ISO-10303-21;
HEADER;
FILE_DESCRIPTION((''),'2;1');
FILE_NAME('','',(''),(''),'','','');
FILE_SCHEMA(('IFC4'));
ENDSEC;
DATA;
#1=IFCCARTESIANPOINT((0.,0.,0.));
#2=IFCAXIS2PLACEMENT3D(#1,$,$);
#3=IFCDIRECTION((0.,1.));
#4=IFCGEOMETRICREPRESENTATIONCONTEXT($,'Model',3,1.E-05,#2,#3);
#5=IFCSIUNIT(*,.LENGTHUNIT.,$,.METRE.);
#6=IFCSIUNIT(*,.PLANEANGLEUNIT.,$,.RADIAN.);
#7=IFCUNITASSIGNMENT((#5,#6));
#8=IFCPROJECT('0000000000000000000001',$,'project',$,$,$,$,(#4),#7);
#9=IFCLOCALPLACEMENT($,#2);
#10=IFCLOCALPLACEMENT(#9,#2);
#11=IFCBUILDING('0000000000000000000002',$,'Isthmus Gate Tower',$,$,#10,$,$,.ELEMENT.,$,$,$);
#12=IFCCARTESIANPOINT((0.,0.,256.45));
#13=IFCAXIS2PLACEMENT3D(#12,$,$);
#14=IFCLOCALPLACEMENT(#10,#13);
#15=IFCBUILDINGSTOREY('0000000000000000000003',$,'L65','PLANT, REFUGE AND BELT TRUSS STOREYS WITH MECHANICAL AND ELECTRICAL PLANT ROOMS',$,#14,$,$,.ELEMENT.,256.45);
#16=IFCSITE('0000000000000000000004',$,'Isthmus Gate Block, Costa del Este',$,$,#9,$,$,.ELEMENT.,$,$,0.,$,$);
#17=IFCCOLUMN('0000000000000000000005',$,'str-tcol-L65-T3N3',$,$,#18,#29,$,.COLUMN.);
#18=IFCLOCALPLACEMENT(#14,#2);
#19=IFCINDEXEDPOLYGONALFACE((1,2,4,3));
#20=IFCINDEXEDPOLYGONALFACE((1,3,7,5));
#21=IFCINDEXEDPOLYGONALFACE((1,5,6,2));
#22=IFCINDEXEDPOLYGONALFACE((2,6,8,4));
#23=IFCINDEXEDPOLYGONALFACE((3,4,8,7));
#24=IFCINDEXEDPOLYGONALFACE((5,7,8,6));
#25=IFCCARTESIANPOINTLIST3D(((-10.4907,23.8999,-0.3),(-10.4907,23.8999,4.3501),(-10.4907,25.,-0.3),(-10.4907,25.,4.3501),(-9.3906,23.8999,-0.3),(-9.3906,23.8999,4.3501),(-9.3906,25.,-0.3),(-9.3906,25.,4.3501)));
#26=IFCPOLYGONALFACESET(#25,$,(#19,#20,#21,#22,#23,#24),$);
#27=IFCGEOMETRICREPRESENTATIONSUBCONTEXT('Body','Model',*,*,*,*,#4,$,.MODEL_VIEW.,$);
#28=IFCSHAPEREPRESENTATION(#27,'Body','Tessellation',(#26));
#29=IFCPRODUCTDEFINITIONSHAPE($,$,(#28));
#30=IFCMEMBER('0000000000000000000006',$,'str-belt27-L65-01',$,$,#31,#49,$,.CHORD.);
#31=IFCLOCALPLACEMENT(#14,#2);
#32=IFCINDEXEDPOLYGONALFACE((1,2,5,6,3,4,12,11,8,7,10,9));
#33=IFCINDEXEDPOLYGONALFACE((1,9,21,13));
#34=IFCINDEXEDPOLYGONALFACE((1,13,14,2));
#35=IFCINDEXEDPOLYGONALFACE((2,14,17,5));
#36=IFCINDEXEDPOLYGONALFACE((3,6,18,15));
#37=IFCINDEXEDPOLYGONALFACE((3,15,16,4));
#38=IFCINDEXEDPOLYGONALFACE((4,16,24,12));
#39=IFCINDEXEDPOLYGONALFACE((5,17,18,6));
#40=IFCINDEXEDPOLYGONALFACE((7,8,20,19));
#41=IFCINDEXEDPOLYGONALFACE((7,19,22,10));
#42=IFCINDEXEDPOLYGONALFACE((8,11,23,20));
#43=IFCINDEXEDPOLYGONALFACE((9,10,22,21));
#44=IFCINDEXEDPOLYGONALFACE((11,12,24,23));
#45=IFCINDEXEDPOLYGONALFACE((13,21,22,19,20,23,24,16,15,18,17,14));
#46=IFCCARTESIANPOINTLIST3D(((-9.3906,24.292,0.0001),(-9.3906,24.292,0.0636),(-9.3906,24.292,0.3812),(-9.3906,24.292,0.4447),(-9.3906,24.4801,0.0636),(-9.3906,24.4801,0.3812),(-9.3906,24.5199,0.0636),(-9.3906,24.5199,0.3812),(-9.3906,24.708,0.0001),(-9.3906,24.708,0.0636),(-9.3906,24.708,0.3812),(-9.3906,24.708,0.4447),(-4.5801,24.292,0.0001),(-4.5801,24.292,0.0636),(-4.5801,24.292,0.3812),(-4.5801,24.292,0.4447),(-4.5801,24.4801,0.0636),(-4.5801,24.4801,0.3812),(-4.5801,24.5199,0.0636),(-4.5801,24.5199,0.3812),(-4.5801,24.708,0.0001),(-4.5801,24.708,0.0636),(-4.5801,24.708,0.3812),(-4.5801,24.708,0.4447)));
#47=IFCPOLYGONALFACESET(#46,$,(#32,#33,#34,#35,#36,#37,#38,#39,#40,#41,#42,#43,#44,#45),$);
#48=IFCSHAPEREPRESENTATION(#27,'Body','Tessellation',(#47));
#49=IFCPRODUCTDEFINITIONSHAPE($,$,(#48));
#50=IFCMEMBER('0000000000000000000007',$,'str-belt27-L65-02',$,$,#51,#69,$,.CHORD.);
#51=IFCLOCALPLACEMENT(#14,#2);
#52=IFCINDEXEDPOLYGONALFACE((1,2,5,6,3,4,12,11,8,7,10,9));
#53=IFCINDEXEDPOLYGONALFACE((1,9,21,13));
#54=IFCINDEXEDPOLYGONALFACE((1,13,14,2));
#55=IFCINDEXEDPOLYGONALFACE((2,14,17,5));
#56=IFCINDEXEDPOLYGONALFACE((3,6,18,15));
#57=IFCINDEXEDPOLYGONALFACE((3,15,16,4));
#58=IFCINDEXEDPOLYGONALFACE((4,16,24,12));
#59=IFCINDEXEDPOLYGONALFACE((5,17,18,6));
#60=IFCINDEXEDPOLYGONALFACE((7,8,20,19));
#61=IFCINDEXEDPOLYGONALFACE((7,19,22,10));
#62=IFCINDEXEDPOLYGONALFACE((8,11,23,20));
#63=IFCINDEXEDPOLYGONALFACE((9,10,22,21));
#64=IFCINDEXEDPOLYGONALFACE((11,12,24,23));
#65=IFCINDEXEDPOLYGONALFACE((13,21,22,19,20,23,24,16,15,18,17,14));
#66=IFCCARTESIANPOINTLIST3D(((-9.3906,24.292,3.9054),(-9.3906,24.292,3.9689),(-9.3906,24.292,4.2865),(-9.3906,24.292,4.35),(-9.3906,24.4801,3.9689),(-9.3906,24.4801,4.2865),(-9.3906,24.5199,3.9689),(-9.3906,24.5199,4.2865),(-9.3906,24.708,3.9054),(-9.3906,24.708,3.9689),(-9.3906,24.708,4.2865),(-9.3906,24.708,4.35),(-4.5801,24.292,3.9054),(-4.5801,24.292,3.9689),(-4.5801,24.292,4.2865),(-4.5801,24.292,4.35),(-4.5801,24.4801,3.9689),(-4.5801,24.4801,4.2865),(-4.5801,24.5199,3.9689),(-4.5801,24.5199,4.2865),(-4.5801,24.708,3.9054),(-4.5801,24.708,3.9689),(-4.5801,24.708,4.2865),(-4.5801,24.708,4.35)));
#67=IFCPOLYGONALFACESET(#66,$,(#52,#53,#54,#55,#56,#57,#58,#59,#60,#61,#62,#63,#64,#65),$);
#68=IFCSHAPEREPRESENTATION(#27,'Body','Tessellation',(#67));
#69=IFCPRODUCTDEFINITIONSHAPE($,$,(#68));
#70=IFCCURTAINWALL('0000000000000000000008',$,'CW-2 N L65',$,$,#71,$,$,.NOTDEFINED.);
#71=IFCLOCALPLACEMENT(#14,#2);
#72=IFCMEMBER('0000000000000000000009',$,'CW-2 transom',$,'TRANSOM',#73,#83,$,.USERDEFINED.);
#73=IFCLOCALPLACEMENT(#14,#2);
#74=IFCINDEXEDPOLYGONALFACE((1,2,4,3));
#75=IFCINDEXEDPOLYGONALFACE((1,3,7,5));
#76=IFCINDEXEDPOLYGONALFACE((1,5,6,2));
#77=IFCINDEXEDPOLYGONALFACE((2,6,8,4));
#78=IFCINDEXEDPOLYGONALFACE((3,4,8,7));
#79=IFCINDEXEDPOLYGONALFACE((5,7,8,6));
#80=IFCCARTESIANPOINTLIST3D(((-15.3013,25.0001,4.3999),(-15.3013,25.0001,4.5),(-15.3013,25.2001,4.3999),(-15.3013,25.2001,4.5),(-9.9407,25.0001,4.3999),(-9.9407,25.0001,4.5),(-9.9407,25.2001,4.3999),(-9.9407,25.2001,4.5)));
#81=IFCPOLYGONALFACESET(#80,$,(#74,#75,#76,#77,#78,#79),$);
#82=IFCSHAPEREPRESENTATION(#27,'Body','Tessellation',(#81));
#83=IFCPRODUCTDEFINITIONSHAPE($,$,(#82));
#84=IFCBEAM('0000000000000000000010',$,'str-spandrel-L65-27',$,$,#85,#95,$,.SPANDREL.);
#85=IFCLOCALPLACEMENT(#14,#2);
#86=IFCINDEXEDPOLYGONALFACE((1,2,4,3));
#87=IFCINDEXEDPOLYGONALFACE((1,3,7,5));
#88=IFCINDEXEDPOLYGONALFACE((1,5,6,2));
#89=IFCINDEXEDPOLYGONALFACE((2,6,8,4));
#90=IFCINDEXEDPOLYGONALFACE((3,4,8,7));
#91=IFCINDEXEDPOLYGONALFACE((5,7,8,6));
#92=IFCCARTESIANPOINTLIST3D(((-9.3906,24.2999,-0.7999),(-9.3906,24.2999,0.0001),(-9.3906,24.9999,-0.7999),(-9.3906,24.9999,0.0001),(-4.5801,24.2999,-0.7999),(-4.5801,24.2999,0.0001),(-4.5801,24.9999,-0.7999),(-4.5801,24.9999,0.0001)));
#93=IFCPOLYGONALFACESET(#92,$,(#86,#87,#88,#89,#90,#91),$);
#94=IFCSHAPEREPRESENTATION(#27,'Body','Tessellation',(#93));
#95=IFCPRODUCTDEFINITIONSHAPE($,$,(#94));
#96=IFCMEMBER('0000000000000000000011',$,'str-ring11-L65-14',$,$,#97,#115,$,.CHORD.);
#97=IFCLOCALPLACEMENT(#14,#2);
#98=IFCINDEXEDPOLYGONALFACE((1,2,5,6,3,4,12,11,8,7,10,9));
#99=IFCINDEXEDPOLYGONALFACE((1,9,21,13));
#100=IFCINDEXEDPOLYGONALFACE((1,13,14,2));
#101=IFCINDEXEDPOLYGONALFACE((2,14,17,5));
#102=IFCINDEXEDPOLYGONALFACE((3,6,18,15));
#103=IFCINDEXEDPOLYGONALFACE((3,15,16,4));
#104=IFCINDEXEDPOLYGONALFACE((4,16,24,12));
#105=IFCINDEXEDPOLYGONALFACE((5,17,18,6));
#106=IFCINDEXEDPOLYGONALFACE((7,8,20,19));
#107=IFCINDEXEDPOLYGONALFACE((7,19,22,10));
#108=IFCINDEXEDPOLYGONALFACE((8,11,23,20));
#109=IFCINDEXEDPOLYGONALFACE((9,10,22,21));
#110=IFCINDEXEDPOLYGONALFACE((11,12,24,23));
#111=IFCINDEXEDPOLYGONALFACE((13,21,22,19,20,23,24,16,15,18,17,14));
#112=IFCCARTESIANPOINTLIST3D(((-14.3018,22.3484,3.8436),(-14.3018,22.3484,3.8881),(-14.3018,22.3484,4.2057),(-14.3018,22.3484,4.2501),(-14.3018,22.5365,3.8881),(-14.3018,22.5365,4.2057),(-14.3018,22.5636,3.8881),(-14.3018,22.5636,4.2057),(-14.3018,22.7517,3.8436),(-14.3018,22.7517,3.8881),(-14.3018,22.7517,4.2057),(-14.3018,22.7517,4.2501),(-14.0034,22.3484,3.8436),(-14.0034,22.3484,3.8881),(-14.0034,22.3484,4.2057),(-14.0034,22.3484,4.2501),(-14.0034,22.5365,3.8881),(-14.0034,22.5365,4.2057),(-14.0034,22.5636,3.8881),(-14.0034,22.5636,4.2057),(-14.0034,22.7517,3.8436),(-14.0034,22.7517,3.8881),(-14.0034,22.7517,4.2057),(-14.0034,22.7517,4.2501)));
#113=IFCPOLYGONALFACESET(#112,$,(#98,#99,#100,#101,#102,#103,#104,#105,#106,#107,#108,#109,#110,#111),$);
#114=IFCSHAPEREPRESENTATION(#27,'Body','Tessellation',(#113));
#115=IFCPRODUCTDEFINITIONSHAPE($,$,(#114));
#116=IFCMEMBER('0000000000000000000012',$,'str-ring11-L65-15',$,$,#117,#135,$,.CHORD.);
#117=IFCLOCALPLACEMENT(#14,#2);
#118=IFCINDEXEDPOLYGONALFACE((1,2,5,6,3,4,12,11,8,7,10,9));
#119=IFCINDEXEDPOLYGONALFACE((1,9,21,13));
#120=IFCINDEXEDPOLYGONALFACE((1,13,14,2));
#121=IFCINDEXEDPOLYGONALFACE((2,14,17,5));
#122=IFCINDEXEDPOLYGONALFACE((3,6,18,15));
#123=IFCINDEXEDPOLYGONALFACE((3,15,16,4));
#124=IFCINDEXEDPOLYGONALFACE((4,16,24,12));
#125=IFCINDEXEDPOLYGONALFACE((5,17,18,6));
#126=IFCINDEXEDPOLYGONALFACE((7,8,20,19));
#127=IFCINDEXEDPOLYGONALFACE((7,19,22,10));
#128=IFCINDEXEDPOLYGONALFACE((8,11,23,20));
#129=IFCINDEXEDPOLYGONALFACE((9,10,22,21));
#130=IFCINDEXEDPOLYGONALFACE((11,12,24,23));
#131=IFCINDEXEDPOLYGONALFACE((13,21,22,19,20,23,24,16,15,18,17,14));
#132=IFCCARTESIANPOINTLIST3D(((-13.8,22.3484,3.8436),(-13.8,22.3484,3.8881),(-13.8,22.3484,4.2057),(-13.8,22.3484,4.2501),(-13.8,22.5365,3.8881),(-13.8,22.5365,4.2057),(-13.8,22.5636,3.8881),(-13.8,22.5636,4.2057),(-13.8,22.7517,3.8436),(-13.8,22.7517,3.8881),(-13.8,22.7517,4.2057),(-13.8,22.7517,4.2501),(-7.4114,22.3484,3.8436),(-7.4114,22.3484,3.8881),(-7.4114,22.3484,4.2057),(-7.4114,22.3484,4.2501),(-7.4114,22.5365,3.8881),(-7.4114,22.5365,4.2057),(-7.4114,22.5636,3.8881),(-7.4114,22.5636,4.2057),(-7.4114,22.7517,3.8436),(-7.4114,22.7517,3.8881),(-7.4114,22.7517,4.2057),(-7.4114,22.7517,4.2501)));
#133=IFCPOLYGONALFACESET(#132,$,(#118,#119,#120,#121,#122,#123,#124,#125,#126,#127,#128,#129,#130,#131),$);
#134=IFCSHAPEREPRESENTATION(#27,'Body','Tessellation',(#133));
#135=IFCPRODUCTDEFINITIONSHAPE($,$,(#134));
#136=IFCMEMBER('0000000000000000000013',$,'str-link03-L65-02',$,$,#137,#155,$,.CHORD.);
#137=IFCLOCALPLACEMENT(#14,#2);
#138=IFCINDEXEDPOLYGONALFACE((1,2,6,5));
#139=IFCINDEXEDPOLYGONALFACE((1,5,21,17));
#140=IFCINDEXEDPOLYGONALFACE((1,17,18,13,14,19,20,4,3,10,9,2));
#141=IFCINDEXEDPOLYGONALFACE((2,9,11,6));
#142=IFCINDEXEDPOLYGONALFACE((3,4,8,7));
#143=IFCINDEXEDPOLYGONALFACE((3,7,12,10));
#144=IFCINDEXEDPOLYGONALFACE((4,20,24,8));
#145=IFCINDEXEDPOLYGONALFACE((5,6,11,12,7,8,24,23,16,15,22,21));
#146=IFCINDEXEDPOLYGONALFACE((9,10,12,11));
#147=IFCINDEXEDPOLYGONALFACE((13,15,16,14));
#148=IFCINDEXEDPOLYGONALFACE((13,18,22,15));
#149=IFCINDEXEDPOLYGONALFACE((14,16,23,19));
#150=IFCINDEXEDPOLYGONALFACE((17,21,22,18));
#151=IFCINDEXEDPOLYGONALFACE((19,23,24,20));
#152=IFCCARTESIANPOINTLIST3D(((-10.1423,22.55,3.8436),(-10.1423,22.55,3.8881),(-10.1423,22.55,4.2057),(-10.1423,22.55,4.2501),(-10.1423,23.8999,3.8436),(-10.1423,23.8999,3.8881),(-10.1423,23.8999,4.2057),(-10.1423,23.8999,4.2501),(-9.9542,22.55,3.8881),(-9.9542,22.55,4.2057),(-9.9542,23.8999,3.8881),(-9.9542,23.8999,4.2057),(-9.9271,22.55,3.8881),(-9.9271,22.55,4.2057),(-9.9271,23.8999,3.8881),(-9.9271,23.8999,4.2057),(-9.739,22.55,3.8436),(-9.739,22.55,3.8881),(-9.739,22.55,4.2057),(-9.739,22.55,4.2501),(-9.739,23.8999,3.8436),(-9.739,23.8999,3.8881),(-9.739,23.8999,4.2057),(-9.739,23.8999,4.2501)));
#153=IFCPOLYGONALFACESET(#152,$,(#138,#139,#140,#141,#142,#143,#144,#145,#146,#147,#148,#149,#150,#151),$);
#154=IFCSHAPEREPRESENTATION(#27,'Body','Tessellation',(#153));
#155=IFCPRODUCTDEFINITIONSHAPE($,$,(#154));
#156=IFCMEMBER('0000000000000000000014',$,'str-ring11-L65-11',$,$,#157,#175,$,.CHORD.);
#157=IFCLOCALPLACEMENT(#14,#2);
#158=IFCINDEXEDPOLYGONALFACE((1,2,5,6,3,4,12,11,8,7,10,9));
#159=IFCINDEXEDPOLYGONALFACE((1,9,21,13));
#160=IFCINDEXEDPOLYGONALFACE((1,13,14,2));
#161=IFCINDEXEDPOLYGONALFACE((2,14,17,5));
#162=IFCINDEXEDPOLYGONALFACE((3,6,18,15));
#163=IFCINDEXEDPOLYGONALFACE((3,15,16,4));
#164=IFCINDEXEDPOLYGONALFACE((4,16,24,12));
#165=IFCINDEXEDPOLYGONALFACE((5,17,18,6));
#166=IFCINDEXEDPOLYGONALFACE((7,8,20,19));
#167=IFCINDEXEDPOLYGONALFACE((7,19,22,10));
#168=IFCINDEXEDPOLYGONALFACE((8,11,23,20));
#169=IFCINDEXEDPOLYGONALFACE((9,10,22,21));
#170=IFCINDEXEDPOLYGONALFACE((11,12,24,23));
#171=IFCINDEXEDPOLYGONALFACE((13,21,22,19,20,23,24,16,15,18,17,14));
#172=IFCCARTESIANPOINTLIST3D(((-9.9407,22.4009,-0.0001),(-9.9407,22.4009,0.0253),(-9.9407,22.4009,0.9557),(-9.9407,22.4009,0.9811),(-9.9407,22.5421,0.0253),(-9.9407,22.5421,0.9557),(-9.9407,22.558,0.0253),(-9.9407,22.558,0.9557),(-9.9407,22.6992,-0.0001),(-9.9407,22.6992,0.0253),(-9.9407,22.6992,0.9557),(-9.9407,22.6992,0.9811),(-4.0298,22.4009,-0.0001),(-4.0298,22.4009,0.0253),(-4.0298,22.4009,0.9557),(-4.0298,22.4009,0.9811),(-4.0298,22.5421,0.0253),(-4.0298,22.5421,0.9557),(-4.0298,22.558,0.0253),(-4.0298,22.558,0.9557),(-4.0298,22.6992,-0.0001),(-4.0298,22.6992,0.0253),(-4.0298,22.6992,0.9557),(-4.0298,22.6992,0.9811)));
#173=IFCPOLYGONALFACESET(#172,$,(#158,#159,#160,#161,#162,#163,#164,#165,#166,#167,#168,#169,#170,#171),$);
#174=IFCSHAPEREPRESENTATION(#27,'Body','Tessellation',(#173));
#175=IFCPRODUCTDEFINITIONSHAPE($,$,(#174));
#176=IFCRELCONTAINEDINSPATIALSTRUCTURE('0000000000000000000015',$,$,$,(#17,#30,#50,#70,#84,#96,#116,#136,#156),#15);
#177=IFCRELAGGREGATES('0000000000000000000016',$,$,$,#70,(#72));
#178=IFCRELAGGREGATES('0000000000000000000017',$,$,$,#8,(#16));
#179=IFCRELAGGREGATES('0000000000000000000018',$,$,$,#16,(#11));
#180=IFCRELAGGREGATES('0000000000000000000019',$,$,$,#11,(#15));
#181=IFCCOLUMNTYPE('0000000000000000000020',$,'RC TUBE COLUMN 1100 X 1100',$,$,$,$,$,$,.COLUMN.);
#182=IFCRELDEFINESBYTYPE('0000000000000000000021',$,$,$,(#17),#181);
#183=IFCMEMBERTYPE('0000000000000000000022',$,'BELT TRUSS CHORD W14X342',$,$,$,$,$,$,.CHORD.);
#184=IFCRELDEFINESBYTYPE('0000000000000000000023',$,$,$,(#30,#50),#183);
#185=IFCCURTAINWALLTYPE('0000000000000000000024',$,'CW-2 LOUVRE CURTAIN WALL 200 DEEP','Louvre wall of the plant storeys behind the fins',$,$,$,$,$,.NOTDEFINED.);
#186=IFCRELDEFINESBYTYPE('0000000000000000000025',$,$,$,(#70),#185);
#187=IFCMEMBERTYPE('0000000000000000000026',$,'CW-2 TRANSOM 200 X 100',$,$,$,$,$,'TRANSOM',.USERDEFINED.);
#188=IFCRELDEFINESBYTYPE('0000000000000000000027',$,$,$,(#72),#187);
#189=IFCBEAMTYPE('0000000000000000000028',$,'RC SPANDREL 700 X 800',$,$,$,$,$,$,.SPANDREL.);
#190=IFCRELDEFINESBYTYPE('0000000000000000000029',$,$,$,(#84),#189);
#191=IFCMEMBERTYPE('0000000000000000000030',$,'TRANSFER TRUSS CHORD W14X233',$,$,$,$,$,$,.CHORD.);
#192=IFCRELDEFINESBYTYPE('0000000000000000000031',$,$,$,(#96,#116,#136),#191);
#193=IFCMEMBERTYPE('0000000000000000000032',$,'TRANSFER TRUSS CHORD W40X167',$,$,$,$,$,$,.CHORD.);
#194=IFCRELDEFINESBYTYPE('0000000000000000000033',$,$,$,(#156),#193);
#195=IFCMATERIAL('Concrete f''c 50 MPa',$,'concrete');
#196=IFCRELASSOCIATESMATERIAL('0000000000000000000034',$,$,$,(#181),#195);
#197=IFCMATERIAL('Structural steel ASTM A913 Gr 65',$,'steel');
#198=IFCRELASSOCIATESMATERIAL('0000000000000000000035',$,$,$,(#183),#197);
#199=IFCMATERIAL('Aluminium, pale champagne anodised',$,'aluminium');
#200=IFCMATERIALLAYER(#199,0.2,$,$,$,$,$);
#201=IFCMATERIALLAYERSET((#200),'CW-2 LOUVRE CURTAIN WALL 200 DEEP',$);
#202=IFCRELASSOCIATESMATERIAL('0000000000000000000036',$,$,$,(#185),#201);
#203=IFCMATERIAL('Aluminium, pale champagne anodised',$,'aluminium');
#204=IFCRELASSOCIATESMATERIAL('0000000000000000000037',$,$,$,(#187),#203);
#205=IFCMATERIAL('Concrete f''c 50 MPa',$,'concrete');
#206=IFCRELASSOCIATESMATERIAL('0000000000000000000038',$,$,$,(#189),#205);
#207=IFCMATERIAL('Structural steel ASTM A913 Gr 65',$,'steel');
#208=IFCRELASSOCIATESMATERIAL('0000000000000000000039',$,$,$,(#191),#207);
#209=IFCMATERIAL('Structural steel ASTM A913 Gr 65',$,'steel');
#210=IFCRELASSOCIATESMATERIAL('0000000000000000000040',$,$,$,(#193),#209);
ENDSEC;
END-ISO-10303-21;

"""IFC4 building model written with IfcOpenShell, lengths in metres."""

from ifc_helpers import new_model, si_unit, direction, frame, origin, origin_2d, place, context, subcontext, project, spatial, rectangle, i_section, extrude, material, layer, layer_set, material_profile, profile_set, type_object, element, aggregate, save


model = new_model("IFC4")

# Units and contexts
model_context = context("Model", 3, precision=1e-05, world=origin(), true_north=direction((0.0, 1.0)))
body_context = subcontext(model_context, "Body", "Model", "MODEL_VIEW")
ifc_project = project(units=[si_unit("LENGTHUNIT", "METRE"), si_unit("PLANEANGLEUNIT", "RADIAN")], contexts=[model_context])

# Site, building, storey
site_placement = place(None, origin())
site = spatial("IfcSite", under=ifc_project, at=site_placement, Name="Isthmus Gate Block, Costa del Este", CompositionType="ELEMENT", RefElevation=0.0)
building_placement = place(site_placement, origin())
building = spatial("IfcBuilding", under=site, at=building_placement, Name="Isthmus Gate Tower", CompositionType="ELEMENT")
storey_placement = place(building_placement, frame((0.0, 0.0, 256.45)))
storey = spatial("IfcBuildingStorey", under=building, at=storey_placement, Name="L65", Description="PLANT, REFUGE AND BELT TRUSS STOREYS WITH MECHANICAL AND ELECTRICAL PLANT ROOMS", CompositionType="ELEMENT", Elevation=256.45)

# Column
ifc_material_1 = material(Name="Concrete f'c 50 MPa", Category="concrete")
ifc_material_profile_1 = material_profile(ifc_material_1, rectangle(XDim=1.1001, YDim=1.1001, at=origin_2d()), Name="RC 1100X1100")
ifc_profile_set_1 = profile_set([ifc_material_profile_1], Name="Concrete f'c 50 MPa")
column_type = type_object("IfcColumnType", Name="RC TUBE COLUMN 1100 X 1100", PredefinedType="COLUMN", material=ifc_profile_set_1)
column_placement = place(storey_placement, frame((-9.9407, 24.45, -0.3), z_axis=(0.0, 0.0, 1.0), x_axis=(-1.0, 0.0, 0.0)))
element("IfcColumn", 1, at=column_placement, inside=storey, type_object=column_type, Name="str-tcol-L65-T3N3", PredefinedType="COLUMN", context=body_context, shape_type="SweptSolid", body=[
    extrude(rectangle(XDim=1.1001, YDim=1.1001, at=origin_2d()), origin(), (0.0, 0.0, 1.0), 4.6501),
])

# Members
ifc_material_2 = material(Name="Structural steel ASTM A913 Gr 65", Category="steel")
ifc_material_profile_2 = material_profile(ifc_material_2, i_section(OverallWidth=0.416, OverallDepth=0.4446, WebThickness=0.0398, FlangeThickness=0.0635, at=origin_2d()), Name="W14X342")
ifc_profile_set_2 = profile_set([ifc_material_profile_2], Name="Structural steel ASTM A913 Gr 65")
member_type_1 = type_object("IfcMemberType", Name="BELT TRUSS CHORD W14X342", PredefinedType="CHORD", material=ifc_profile_set_2)
for number, where, z_axis, x_axis, name in (
    (2, (-9.3906, 24.5, 0.2224), (1.0, 0.0, 0.0), (0.0, 1.0, 0.0), "str-belt27-L65-01"),
    (3, (-9.3906, 24.5, 4.1277), (1.0, 0.0, 0.0), (0.0, 1.0, 0.0), "str-belt27-L65-02"),
):
    element("IfcMember", number, at=place(storey_placement, frame(where, z_axis=z_axis, x_axis=x_axis)), inside=storey, type_object=member_type_1, Name=name, PredefinedType="CHORD", context=body_context, shape_type="SweptSolid", body=[
        extrude(i_section(OverallWidth=0.416, OverallDepth=0.4446, WebThickness=0.0398, FlangeThickness=0.0635, at=origin_2d()), origin(), (0.0, 0.0, 1.0), 4.8105),
    ])

# Curtain wall, member
ifc_material_3 = material(Name="Aluminium, pale champagne anodised", Category="aluminium")
ifc_layer_1 = layer(ifc_material_3, 0.2)
ifc_layer_set_1 = layer_set([ifc_layer_1], Name="CW-2 LOUVRE CURTAIN WALL 200 DEEP")
curtain_wall_type = type_object("IfcCurtainWallType", Name="CW-2 LOUVRE CURTAIN WALL 200 DEEP", Description="Louvre wall of the plant storeys behind the fins", PredefinedType="NOTDEFINED", material=ifc_layer_set_1)
curtain_wall_placement = place(storey_placement, origin())
curtain_wall = element("IfcCurtainWall", 4, at=curtain_wall_placement, inside=storey, type_object=curtain_wall_type, Name="CW-2 N L65", PredefinedType="NOTDEFINED")
ifc_material_4 = material(Name="Aluminium, pale champagne anodised", Category="aluminium")
ifc_material_profile_3 = material_profile(ifc_material_4, rectangle(XDim=0.2, YDim=0.1001, at=origin_2d()), Name="200x100")
ifc_profile_set_3 = profile_set([ifc_material_profile_3], Name="Aluminium, pale champagne anodised")
member_type_2 = type_object("IfcMemberType", Name="CW-2 TRANSOM 200 X 100", ElementType="TRANSOM", PredefinedType="USERDEFINED", material=ifc_profile_set_3)
member_1_placement = place(storey_placement, frame((-9.9407, 25.1001, 4.45), z_axis=(-1.0, 0.0, 0.0), x_axis=(0.0, -1.0, 0.0)))
member_1 = element("IfcMember", 5, at=member_1_placement, type_object=member_type_2, Name="CW-2 transom", ObjectType="TRANSOM", PredefinedType="USERDEFINED", context=body_context, shape_type="SweptSolid", body=[
    extrude(rectangle(XDim=0.2, YDim=0.1001, at=origin_2d()), origin(), (0.0, 0.0, 1.0), 5.3606),
])

# Beam
ifc_material_5 = material(Name="Concrete f'c 50 MPa", Category="concrete")
ifc_material_profile_4 = material_profile(ifc_material_5, rectangle(XDim=0.7, YDim=0.8, at=origin_2d()), Name="RC 700X800")
ifc_profile_set_4 = profile_set([ifc_material_profile_4], Name="Concrete f'c 50 MPa")
beam_type = type_object("IfcBeamType", Name="RC SPANDREL 700 X 800", PredefinedType="SPANDREL", material=ifc_profile_set_4)
beam_placement = place(storey_placement, frame((-9.3906, 24.6499, -0.3999), z_axis=(1.0, 0.0, 0.0), x_axis=(0.0, 1.0, 0.0)))
element("IfcBeam", 6, at=beam_placement, inside=storey, type_object=beam_type, Name="str-spandrel-L65-27", PredefinedType="SPANDREL", context=body_context, shape_type="SweptSolid", body=[
    extrude(rectangle(XDim=0.7, YDim=0.8, at=origin_2d()), origin(), (0.0, 0.0, 1.0), 4.8105),
])

# Members
ifc_material_6 = material(Name="Structural steel ASTM A913 Gr 65", Category="steel")
ifc_material_profile_5 = material_profile(ifc_material_6, i_section(OverallWidth=0.4033, OverallDepth=0.4065, WebThickness=0.0271, FlangeThickness=0.0444, at=origin_2d()), Name="W14X233")
ifc_profile_set_5 = profile_set([ifc_material_profile_5], Name="Structural steel ASTM A913 Gr 65")
member_type_3 = type_object("IfcMemberType", Name="TRANSFER TRUSS CHORD W14X233", PredefinedType="CHORD", material=ifc_profile_set_5)
member_2_placement = place(storey_placement, frame((-14.3018, 22.55, 4.0469), z_axis=(1.0, 0.0, 0.0), x_axis=(0.0, 1.0, 0.0)))
element("IfcMember", 7, at=member_2_placement, inside=storey, type_object=member_type_3, Name="str-ring11-L65-14", PredefinedType="CHORD", context=body_context, shape_type="SweptSolid", body=[
    extrude(i_section(OverallWidth=0.4033, OverallDepth=0.4065, WebThickness=0.0271, FlangeThickness=0.0444, at=origin_2d()), origin(), (0.0, 0.0, 1.0), 0.2983),
])
member_3_placement = place(storey_placement, frame((-13.8, 22.55, 4.0469), z_axis=(1.0, 0.0, 0.0), x_axis=(0.0, 1.0, 0.0)))
element("IfcMember", 8, at=member_3_placement, inside=storey, type_object=member_type_3, Name="str-ring11-L65-15", PredefinedType="CHORD", context=body_context, shape_type="SweptSolid", body=[
    extrude(i_section(OverallWidth=0.4033, OverallDepth=0.4065, WebThickness=0.0271, FlangeThickness=0.0444, at=origin_2d()), origin(), (0.0, 0.0, 1.0), 6.3887),
])
member_4_placement = place(storey_placement, frame((-9.9407, 23.8999, 4.0469), z_axis=(0.0, -1.0, 0.0), x_axis=(1.0, 0.0, 0.0)))
element("IfcMember", 9, at=member_4_placement, inside=storey, type_object=member_type_3, Name="str-link03-L65-02", PredefinedType="CHORD", context=body_context, shape_type="SweptSolid", body=[
    extrude(i_section(OverallWidth=0.4033, OverallDepth=0.4065, WebThickness=0.0271, FlangeThickness=0.0444, at=origin_2d()), origin(), (0.0, 0.0, 1.0), 1.3499),
])
ifc_material_7 = material(Name="Structural steel ASTM A913 Gr 65", Category="steel")
ifc_material_profile_6 = material_profile(ifc_material_7, i_section(OverallWidth=0.2983, OverallDepth=0.9812, WebThickness=0.0159, FlangeThickness=0.0254, at=origin_2d()), Name="W40X167")
ifc_profile_set_6 = profile_set([ifc_material_profile_6], Name="Structural steel ASTM A913 Gr 65")
member_type_4 = type_object("IfcMemberType", Name="TRANSFER TRUSS CHORD W40X167", PredefinedType="CHORD", material=ifc_profile_set_6)
member_5_placement = place(storey_placement, frame((-9.9407, 22.55, 0.4905), z_axis=(1.0, 0.0, 0.0), x_axis=(0.0, 1.0, 0.0)))
element("IfcMember", 10, at=member_5_placement, inside=storey, type_object=member_type_4, Name="str-ring11-L65-11", PredefinedType="CHORD", context=body_context, shape_type="SweptSolid", body=[
    extrude(i_section(OverallWidth=0.2983, OverallDepth=0.9812, WebThickness=0.0159, FlangeThickness=0.0254, at=origin_2d()), origin(), (0.0, 0.0, 1.0), 5.9109),
])

aggregate(curtain_wall, [member_1])

save(model, "model.ifc")
